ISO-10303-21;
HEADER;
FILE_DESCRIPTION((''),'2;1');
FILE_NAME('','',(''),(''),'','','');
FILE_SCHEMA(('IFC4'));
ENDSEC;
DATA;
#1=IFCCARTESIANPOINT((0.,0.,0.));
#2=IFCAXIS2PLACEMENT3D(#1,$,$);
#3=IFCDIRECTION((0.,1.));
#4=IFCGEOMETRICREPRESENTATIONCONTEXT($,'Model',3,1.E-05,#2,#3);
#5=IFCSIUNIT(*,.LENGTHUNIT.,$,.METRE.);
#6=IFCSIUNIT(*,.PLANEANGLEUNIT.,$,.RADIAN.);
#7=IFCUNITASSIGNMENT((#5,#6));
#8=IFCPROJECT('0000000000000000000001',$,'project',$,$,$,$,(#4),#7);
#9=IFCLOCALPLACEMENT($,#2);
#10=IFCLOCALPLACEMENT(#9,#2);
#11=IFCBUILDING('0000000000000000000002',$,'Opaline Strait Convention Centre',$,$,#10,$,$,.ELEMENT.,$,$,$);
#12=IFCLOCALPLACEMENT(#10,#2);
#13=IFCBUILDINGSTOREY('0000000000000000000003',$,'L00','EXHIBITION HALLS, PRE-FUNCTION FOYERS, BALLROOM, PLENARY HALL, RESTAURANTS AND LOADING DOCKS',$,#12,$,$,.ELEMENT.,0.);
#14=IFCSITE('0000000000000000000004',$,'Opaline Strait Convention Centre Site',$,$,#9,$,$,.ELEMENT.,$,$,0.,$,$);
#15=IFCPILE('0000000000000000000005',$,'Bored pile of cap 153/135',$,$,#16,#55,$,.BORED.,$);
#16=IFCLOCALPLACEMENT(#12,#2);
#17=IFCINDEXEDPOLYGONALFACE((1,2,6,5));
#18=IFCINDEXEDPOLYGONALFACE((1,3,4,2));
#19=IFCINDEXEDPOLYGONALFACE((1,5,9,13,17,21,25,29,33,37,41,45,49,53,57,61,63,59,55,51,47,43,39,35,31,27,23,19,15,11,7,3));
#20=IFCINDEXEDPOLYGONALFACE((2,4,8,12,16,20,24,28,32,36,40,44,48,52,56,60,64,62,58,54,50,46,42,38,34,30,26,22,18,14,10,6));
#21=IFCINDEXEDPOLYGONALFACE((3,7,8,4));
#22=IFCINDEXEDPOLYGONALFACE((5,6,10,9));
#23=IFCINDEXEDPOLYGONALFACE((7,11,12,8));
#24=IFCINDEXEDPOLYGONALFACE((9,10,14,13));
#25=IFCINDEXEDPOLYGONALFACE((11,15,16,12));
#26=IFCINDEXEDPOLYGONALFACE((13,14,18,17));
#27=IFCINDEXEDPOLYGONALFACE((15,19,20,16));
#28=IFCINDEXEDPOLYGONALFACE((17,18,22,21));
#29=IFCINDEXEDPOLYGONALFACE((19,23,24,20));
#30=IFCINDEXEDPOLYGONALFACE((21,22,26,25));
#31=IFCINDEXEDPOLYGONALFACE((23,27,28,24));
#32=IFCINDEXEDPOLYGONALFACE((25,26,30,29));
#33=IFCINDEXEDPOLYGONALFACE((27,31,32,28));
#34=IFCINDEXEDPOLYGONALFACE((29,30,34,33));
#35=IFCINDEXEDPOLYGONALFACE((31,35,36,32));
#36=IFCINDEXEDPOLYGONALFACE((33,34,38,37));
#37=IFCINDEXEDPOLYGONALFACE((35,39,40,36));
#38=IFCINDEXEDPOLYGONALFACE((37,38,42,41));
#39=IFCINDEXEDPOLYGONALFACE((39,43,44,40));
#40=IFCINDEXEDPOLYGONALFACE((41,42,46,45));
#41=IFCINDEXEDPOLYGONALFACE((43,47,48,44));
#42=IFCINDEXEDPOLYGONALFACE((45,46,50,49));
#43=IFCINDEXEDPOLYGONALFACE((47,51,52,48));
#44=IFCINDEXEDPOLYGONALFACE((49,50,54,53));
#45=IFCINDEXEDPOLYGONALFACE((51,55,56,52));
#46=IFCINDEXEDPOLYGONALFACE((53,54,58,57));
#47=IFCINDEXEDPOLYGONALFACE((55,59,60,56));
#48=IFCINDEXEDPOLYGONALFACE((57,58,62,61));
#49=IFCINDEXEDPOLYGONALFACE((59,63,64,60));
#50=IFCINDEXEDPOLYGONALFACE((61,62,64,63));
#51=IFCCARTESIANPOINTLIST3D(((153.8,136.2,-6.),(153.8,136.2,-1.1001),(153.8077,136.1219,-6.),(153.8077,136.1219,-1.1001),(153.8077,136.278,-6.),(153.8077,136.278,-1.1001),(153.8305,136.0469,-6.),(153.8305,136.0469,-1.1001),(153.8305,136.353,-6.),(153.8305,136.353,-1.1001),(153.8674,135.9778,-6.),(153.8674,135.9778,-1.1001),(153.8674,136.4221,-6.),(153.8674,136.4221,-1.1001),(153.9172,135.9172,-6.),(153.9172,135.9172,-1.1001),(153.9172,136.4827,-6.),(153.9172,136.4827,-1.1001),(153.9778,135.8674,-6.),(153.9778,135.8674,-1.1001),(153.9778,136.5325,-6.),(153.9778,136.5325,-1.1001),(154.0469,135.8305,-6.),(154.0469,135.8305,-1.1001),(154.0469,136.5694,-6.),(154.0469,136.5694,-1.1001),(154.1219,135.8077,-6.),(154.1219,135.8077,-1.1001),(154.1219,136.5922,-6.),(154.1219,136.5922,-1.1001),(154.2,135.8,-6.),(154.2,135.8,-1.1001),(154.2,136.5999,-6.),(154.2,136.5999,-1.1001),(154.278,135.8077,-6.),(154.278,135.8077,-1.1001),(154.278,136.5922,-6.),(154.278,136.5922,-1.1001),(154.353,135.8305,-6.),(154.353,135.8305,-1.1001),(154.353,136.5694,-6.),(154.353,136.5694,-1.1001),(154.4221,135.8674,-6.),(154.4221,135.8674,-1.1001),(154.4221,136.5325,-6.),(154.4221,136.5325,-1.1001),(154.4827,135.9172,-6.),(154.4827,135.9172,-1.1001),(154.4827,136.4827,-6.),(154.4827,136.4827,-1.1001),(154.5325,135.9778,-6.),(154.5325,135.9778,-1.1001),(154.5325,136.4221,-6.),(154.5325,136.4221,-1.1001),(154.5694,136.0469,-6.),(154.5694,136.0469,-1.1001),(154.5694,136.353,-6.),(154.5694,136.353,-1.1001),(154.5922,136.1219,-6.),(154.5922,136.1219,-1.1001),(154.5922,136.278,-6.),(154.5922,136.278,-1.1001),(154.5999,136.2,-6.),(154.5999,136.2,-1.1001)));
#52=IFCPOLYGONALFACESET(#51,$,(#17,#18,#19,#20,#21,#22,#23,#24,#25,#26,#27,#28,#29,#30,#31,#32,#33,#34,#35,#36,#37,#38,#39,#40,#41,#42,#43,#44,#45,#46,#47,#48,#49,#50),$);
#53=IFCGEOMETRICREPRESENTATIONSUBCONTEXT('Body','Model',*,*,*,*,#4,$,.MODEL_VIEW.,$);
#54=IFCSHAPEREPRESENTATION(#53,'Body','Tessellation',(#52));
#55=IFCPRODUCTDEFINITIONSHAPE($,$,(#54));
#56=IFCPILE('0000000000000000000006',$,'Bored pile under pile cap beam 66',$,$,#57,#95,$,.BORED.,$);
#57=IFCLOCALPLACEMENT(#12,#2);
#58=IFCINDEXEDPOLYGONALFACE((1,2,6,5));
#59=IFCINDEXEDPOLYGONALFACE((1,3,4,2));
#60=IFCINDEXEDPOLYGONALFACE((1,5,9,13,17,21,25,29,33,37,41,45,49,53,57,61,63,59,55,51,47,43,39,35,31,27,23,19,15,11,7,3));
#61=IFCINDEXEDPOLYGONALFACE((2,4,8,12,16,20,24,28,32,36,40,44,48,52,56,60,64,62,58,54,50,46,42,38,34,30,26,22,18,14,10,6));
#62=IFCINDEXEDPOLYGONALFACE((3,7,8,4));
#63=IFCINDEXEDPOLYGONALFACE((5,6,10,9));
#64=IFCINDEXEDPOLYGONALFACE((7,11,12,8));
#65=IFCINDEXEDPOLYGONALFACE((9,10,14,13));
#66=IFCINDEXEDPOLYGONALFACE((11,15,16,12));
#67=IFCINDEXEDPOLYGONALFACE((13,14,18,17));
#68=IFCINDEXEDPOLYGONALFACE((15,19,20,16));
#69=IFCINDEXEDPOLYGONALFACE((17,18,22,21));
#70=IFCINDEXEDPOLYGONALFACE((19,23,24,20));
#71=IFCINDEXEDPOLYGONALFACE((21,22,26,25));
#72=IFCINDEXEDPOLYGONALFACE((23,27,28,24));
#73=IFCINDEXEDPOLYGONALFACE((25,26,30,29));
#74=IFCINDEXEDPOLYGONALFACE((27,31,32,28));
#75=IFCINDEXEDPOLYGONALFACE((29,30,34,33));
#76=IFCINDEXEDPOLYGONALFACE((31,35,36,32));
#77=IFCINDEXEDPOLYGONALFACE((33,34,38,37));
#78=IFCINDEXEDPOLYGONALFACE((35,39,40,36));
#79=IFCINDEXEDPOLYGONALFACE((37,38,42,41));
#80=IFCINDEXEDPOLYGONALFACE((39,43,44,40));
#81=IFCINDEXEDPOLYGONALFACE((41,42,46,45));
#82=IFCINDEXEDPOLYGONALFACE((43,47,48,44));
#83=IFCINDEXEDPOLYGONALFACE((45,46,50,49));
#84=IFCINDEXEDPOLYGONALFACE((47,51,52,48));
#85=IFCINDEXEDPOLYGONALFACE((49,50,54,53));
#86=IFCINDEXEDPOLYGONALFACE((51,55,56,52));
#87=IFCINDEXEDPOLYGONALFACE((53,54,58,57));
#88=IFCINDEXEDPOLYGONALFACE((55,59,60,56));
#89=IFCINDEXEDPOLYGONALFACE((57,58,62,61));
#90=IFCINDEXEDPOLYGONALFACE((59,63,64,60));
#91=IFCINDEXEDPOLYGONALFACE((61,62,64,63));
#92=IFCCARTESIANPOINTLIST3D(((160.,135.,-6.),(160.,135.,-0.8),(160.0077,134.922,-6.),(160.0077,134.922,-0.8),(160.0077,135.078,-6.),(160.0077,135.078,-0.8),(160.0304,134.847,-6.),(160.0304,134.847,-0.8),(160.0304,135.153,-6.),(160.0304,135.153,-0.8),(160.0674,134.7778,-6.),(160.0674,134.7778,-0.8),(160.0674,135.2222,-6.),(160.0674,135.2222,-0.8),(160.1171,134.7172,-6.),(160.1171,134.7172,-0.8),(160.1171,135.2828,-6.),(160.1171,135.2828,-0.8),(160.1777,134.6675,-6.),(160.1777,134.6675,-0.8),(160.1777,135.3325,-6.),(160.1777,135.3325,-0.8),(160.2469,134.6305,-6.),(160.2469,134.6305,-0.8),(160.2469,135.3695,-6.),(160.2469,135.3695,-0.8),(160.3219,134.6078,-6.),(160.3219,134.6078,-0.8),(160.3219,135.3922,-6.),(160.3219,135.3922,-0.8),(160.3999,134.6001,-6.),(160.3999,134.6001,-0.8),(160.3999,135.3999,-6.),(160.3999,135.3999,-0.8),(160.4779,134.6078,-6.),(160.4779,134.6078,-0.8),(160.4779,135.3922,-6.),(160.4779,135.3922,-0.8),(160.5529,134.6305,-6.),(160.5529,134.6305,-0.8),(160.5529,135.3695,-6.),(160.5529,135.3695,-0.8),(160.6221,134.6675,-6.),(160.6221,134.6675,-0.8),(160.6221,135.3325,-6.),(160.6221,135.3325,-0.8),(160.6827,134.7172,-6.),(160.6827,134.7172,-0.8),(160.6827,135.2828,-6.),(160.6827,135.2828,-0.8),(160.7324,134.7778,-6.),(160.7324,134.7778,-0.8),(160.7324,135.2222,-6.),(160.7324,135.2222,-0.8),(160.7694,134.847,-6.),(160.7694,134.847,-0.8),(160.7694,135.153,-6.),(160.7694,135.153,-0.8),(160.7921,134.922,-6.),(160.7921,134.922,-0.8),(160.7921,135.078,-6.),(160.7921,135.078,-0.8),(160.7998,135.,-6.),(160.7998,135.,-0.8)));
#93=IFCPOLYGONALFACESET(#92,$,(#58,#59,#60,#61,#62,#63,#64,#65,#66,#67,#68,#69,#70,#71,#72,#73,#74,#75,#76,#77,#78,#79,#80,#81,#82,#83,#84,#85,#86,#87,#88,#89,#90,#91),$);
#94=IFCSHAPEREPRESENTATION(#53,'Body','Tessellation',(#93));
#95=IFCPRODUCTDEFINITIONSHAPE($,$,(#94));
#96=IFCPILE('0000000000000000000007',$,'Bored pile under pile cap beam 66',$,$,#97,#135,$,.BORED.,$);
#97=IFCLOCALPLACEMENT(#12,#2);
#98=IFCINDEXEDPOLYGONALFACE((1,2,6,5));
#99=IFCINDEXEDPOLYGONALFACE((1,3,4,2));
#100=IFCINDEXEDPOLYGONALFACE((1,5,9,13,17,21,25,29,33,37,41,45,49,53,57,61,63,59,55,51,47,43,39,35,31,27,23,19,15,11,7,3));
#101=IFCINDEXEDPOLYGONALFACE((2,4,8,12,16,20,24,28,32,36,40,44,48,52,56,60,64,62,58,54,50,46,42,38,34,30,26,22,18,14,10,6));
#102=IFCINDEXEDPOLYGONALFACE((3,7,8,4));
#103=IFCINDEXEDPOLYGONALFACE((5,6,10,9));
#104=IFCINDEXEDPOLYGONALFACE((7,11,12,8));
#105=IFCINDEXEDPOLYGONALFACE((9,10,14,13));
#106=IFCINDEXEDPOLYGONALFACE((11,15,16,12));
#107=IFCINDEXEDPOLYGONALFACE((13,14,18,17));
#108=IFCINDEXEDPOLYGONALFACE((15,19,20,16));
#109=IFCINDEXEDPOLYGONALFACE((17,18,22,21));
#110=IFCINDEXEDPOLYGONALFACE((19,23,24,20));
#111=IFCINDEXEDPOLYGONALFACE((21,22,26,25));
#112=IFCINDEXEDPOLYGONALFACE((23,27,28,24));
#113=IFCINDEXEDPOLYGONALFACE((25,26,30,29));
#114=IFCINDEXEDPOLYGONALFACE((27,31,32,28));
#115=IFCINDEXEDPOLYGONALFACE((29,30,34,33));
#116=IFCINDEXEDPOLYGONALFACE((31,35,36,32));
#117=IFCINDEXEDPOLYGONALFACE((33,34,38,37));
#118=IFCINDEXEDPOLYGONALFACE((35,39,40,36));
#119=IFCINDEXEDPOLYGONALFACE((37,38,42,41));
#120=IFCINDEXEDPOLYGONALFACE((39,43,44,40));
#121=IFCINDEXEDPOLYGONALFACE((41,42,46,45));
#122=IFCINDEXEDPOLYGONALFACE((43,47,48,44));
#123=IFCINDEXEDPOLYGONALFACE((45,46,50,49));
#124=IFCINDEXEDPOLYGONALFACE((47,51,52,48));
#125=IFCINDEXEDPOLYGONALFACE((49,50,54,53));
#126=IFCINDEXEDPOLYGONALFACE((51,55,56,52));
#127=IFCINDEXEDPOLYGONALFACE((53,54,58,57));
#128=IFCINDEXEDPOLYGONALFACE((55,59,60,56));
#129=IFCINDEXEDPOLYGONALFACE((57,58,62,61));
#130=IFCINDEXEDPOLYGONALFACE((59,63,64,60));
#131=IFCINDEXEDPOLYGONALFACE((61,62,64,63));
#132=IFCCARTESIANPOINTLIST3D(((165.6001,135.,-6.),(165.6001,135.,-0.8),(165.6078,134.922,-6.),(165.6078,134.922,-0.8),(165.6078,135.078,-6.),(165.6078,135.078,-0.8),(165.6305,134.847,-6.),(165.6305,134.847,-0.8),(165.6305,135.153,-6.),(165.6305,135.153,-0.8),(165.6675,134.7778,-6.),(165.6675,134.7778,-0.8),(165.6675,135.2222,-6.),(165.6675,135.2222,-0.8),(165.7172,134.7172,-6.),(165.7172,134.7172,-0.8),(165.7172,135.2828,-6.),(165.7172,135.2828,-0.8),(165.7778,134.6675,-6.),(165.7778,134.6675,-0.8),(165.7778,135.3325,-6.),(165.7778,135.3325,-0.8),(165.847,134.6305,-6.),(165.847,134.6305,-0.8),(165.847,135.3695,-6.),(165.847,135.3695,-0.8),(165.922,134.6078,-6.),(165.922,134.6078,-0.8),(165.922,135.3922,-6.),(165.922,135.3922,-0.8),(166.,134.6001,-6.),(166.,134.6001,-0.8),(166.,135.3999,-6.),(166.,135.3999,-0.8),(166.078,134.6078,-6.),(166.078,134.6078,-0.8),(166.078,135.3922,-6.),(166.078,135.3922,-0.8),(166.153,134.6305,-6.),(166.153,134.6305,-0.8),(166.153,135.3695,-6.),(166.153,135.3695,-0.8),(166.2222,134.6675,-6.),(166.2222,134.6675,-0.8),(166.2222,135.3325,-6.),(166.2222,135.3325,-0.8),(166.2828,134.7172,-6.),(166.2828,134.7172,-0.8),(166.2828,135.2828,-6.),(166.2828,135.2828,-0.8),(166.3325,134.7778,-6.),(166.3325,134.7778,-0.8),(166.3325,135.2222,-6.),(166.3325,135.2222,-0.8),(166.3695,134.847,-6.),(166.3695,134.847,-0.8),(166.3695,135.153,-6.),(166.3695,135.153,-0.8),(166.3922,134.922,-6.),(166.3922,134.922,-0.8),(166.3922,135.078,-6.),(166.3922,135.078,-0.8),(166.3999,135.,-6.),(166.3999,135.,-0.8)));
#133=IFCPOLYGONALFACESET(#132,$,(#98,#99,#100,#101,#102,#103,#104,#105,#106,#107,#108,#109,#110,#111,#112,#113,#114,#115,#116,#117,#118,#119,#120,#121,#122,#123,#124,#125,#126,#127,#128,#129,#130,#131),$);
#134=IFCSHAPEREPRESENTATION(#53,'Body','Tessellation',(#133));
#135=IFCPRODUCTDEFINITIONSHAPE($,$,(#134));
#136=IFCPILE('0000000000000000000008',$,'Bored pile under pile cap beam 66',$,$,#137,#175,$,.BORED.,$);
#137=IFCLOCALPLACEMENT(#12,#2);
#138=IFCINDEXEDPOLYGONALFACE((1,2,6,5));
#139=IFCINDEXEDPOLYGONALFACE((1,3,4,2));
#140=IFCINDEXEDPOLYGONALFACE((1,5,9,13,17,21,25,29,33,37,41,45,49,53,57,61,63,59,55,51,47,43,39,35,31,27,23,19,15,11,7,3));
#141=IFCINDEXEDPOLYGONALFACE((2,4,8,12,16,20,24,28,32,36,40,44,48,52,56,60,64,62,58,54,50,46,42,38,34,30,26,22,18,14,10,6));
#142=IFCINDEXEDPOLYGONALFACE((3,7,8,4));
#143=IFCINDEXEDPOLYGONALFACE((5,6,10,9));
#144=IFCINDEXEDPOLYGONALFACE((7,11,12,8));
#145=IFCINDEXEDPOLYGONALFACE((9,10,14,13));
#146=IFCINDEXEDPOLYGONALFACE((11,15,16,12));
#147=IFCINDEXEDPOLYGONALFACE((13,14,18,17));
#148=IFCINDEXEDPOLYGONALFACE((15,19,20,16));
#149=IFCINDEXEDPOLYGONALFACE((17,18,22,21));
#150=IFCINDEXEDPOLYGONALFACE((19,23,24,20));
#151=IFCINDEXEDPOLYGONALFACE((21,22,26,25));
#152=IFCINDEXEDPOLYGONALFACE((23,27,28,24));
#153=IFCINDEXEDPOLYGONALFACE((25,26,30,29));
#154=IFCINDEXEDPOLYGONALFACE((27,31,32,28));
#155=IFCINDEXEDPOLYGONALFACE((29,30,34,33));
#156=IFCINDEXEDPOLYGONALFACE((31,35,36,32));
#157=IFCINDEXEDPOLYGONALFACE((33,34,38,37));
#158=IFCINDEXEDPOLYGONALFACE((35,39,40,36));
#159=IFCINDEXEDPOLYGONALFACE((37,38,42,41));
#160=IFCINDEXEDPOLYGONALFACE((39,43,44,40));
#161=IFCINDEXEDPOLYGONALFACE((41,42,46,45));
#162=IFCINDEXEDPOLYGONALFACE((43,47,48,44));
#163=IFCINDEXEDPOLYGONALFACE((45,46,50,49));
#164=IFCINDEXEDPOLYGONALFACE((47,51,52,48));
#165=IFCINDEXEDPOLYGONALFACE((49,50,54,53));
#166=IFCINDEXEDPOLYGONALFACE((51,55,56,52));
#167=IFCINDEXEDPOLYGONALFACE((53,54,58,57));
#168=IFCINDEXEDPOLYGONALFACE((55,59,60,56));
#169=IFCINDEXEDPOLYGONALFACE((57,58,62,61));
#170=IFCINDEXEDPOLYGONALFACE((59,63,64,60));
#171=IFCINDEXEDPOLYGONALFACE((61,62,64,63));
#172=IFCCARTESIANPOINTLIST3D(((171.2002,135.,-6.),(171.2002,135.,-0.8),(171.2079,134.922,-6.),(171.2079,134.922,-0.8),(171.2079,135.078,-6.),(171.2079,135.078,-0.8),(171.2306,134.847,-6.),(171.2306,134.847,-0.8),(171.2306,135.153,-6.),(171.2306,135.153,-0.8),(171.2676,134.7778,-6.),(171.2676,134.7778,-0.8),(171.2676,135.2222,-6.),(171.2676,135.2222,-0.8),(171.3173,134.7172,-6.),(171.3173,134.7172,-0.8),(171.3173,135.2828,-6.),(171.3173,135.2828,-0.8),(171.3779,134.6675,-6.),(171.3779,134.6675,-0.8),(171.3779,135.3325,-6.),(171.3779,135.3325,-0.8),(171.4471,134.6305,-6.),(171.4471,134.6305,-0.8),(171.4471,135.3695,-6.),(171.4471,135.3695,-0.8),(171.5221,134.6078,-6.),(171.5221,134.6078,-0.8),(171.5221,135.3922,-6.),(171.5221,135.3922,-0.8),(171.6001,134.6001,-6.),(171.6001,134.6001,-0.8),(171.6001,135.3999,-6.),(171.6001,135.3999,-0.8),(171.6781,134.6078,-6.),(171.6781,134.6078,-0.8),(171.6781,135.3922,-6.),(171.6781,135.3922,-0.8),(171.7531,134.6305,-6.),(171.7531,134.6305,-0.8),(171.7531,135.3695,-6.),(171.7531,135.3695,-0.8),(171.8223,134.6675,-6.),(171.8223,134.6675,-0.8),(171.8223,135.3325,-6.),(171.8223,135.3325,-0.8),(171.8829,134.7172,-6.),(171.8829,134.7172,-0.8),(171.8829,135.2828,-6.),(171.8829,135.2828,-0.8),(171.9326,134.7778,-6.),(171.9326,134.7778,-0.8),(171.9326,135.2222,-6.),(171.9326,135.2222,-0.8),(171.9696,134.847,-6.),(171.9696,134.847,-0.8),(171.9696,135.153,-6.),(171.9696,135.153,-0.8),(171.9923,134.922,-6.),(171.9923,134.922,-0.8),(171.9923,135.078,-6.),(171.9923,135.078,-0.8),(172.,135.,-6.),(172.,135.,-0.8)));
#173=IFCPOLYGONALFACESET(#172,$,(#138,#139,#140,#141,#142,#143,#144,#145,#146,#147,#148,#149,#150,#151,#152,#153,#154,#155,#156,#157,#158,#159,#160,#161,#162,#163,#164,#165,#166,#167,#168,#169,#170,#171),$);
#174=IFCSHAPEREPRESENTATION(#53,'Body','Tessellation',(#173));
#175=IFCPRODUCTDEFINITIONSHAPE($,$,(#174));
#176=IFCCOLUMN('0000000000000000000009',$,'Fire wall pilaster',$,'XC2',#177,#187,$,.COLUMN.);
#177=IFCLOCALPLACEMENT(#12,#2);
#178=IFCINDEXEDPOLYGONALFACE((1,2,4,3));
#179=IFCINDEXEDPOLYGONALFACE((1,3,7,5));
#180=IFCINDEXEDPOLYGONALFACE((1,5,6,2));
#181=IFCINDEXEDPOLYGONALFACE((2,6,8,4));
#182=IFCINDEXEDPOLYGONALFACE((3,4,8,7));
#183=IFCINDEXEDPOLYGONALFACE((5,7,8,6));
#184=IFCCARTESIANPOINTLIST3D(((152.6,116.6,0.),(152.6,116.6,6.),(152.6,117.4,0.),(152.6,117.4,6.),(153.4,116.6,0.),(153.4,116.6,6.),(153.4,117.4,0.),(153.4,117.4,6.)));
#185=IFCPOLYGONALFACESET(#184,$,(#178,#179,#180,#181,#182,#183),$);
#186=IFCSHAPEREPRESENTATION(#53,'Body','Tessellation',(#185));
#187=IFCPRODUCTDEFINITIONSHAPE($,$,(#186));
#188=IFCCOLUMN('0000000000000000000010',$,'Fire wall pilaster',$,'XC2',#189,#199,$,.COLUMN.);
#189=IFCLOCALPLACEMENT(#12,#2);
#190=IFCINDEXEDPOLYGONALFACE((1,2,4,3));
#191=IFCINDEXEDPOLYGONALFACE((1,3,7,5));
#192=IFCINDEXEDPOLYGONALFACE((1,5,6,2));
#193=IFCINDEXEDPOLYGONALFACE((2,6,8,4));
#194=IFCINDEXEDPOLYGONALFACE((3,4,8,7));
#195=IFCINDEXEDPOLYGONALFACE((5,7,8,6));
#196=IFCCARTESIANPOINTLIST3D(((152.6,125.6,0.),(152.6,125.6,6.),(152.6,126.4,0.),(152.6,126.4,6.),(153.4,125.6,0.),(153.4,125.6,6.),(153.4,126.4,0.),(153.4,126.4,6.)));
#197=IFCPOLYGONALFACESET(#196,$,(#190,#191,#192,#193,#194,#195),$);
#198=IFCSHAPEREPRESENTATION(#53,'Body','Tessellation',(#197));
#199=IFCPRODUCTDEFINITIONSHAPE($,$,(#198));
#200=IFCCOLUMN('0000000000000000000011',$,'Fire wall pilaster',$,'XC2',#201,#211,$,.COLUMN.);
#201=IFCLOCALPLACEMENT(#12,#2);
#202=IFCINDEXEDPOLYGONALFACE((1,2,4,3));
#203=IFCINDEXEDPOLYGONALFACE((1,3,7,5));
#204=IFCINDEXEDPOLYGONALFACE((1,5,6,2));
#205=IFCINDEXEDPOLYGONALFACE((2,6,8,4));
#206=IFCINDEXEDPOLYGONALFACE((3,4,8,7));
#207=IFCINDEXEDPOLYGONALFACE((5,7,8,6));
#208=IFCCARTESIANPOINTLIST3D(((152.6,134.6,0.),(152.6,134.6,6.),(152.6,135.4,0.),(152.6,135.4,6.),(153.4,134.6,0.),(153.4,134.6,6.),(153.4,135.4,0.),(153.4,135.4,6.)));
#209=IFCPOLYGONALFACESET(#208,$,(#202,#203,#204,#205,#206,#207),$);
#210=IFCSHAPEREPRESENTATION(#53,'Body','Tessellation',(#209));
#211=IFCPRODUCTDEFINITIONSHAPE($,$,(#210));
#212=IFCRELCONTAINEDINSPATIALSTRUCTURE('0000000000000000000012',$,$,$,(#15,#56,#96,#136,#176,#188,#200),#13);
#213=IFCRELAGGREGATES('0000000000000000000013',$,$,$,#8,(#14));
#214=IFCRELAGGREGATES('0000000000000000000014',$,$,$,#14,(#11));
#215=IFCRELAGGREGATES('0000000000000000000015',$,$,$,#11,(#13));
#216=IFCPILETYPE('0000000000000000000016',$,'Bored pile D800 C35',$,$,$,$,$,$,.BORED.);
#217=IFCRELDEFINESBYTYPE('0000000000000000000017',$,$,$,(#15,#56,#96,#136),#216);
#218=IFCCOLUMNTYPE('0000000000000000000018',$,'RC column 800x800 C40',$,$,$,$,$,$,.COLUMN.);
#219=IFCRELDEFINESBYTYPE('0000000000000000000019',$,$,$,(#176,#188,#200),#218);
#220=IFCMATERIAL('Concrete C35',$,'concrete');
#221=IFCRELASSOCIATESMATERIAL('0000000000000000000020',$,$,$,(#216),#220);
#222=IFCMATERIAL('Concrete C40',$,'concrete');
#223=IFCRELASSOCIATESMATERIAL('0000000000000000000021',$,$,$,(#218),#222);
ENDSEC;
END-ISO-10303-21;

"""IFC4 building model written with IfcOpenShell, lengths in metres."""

from ifc_helpers import new_model, si_unit, direction, frame, origin, origin_2d, place, context, subcontext, project, spatial, rectangle, circle, extrude, material, material_profile, profile_set, type_object, element, save


model = new_model("IFC4")

# Units and contexts
model_context = context("Model", 3, precision=1e-05, world=origin(), true_north=direction((0.0, 1.0)))
body_context = subcontext(model_context, "Body", "Model", "MODEL_VIEW")
ifc_project = project(units=[si_unit("LENGTHUNIT", "METRE"), si_unit("PLANEANGLEUNIT", "RADIAN")], contexts=[model_context])

# Site, building, storey
site_placement = place(None, origin())
site = spatial("IfcSite", under=ifc_project, at=site_placement, Name="Opaline Strait Convention Centre Site", CompositionType="ELEMENT", RefElevation=0.0)
building_placement = place(site_placement, origin())
building = spatial("IfcBuilding", under=site, at=building_placement, Name="Opaline Strait Convention Centre", CompositionType="ELEMENT")
storey_placement = place(building_placement, origin())
storey = spatial("IfcBuildingStorey", under=building, at=storey_placement, Name="L00", Description="EXHIBITION HALLS, PRE-FUNCTION FOYERS, BALLROOM, PLENARY HALL, RESTAURANTS AND LOADING DOCKS", CompositionType="ELEMENT", Elevation=0.0)

# Piles
ifc_material_1 = material(Name="Concrete C35", Category="concrete")
ifc_material_profile_1 = material_profile(ifc_material_1, circle(Radius=0.3999, at=origin_2d()), Name="D800")
ifc_profile_set_1 = profile_set([ifc_material_profile_1], Name="Concrete C35")
pile_type = type_object("IfcPileType", Name="Bored pile D800 C35", PredefinedType="BORED", material=ifc_profile_set_1)
for number, where, z_axis, x_axis, name in (
    (1, (154.2, 136.2, -1.1001), (0.0, 0.0, -1.0), (1.0, 0.0, 0.0), "Bored pile of cap 153/135"),
):
    element("IfcPile", number, at=place(storey_placement, frame(where, z_axis=z_axis, x_axis=x_axis)), inside=storey, type_object=pile_type, Name=name, PredefinedType="BORED", context=body_context, shape_type="SweptSolid", body=[
        extrude(circle(Radius=0.3999, at=origin_2d()), origin(), (0.0, 0.0, 1.0), 4.8999),
    ])
for number, where, z_axis, x_axis, name in (
    (2, (160.3999, 135.0, -0.8), (0.0, 0.0, -1.0), (1.0, 0.0, 0.0), "Bored pile under pile cap beam 66"),
    (3, (166.0, 135.0, -0.8), (0.0, 0.0, -1.0), (1.0, 0.0, 0.0), "Bored pile under pile cap beam 66"),
    (4, (171.6001, 135.0, -0.8), (0.0, 0.0, -1.0), (1.0, 0.0, 0.0), "Bored pile under pile cap beam 66"),
):
    element("IfcPile", number, at=place(storey_placement, frame(where, z_axis=z_axis, x_axis=x_axis)), inside=storey, type_object=pile_type, Name=name, PredefinedType="BORED", context=body_context, shape_type="SweptSolid", body=[
        extrude(circle(Radius=0.3999, at=origin_2d()), origin(), (0.0, 0.0, 1.0), 5.2),
    ])

# Columns
ifc_material_2 = material(Name="Concrete C40", Category="concrete")
ifc_material_profile_2 = material_profile(ifc_material_2, rectangle(XDim=0.8, YDim=0.8, at=origin_2d()), Name="RC 800x800")
ifc_profile_set_2 = profile_set([ifc_material_profile_2], Name="Concrete C40")
column_type = type_object("IfcColumnType", Name="RC column 800x800 C40", PredefinedType="COLUMN", material=ifc_profile_set_2)
for number, where, z_axis, x_axis, name in (
    (5, (153.0, 117.0, 0.0), (0.0, 0.0, 1.0), (1.0, 0.0, 0.0), "Fire wall pilaster"),
    (6, (153.0, 126.0, 0.0), (0.0, 0.0, 1.0), (1.0, 0.0, 0.0), "Fire wall pilaster"),
    (7, (153.0, 135.0, 0.0), (0.0, 0.0, 1.0), (1.0, 0.0, 0.0), "Fire wall pilaster"),
):
    element("IfcColumn", number, at=place(storey_placement, frame(where, z_axis=z_axis, x_axis=x_axis)), inside=storey, type_object=column_type, Name=name, ObjectType="XC2", PredefinedType="COLUMN", context=body_context, shape_type="SweptSolid", body=[
        extrude(rectangle(XDim=0.8, YDim=0.8, at=origin_2d()), origin(), (0.0, 0.0, 1.0), 6.0),
    ])

save(model, "model.ifc")
